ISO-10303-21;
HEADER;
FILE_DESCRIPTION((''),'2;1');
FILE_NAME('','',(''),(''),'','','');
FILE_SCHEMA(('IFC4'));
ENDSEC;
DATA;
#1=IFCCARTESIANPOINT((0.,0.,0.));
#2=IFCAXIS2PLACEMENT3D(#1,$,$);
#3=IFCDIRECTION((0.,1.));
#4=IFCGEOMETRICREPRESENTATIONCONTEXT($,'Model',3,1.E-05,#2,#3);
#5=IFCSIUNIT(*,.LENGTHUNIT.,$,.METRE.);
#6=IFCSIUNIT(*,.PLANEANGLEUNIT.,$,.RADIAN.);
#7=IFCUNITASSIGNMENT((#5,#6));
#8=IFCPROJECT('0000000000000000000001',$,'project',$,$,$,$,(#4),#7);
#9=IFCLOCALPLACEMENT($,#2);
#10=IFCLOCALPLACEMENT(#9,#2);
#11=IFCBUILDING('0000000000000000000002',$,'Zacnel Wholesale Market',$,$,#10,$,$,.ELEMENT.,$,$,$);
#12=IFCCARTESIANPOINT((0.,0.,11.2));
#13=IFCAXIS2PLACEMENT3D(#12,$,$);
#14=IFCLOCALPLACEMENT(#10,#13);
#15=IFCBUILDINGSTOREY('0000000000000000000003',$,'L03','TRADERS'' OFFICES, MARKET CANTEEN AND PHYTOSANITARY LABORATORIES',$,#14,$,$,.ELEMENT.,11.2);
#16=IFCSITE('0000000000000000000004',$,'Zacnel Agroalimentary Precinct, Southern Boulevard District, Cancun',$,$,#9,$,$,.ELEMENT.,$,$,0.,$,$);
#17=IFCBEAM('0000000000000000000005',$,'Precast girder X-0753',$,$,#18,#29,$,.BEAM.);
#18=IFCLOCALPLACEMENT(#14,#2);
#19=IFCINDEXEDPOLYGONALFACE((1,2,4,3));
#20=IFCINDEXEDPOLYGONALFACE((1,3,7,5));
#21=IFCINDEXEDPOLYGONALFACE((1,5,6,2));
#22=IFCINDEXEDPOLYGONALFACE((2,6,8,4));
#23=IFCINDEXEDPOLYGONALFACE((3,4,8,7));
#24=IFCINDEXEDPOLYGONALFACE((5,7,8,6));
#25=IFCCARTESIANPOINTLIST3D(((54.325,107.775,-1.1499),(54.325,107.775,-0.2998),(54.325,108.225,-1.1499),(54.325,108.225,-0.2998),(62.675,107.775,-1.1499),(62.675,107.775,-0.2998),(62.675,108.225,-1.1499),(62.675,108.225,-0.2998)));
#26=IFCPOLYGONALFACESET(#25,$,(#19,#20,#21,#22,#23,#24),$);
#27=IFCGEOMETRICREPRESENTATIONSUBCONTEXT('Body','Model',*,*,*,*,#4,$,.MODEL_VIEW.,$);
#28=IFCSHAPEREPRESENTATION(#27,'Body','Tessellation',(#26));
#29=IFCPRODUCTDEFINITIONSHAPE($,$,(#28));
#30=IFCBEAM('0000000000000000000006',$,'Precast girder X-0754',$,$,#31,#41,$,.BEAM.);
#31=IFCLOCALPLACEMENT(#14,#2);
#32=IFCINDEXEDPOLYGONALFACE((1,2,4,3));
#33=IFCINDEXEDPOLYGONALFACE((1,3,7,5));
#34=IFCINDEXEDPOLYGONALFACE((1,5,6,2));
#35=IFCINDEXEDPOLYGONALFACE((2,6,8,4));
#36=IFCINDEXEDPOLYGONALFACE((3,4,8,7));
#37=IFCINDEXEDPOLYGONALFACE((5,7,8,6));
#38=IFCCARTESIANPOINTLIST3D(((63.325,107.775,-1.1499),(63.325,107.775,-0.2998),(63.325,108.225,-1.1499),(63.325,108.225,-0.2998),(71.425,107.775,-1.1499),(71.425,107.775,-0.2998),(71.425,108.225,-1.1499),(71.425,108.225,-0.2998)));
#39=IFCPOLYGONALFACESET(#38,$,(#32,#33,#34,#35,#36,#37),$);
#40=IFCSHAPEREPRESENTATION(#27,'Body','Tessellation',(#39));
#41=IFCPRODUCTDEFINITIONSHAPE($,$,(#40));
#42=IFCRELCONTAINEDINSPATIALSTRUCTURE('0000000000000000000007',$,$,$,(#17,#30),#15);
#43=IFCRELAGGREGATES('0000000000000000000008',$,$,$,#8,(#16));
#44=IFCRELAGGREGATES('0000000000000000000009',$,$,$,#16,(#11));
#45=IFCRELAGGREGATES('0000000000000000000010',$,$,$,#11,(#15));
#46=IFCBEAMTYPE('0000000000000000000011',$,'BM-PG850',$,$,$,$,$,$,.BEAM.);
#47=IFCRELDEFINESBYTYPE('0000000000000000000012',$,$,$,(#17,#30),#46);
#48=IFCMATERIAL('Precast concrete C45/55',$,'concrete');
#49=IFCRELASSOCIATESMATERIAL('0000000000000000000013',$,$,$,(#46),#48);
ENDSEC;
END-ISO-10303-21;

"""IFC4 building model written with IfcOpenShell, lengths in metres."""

from ifc_helpers import new_model, si_unit, direction, frame, origin, origin_2d, place, context, subcontext, project, spatial, rectangle, extrude, material, material_profile, profile_set, type_object, element, save


model = new_model("IFC4")

# Units and contexts
model_context = context("Model", 3, precision=1e-05, world=origin(), true_north=direction((0.0, 1.0)))
body_context = subcontext(model_context, "Body", "Model", "MODEL_VIEW")
ifc_project = project(units=[si_unit("LENGTHUNIT", "METRE"), si_unit("PLANEANGLEUNIT", "RADIAN")], contexts=[model_context])

# Site, building, storey
site_placement = place(None, origin())
site = spatial("IfcSite", under=ifc_project, at=site_placement, Name="Zacnel Agroalimentary Precinct, Southern Boulevard District, Cancun", CompositionType="ELEMENT", RefElevation=0.0)
building_placement = place(site_placement, origin())
building = spatial("IfcBuilding", under=site, at=building_placement, Name="Zacnel Wholesale Market", CompositionType="ELEMENT")
storey_placement = place(building_placement, frame((0.0, 0.0, 11.2)))
storey = spatial("IfcBuildingStorey", under=building, at=storey_placement, Name="L03", Description="TRADERS' OFFICES, MARKET CANTEEN AND PHYTOSANITARY LABORATORIES", CompositionType="ELEMENT", Elevation=11.2)

# Beams
ifc_material_1 = material(Name="Precast concrete C45/55", Category="concrete")
ifc_material_profile_1 = material_profile(ifc_material_1, rectangle(XDim=0.45, YDim=0.8501, at=origin_2d()), Name="PG 450x850")
ifc_profile_set_1 = profile_set([ifc_material_profile_1], Name="Precast concrete C45/55")
beam_type_1 = type_object("IfcBeamType", Name="BM-PG850", PredefinedType="BEAM", material=ifc_profile_set_1)
beam_1_placement = place(storey_placement, frame((54.325, 108.0, -0.7249), z_axis=(1.0, 0.0, 0.0), x_axis=(0.0, 1.0, 0.0)))
element("IfcBeam", 1, at=beam_1_placement, inside=storey, type_object=beam_type_1, Name="Precast girder X-0753", PredefinedType="BEAM", context=body_context, shape_type="SweptSolid", body=[
    extrude(rectangle(XDim=0.45, YDim=0.8501, at=origin_2d()), origin(), (0.0, 0.0, 1.0), 8.3501),
])
beam_2_placement = place(storey_placement, frame((63.325, 108.0, -0.7249), z_axis=(1.0, 0.0, 0.0), x_axis=(0.0, 1.0, 0.0)))
element("IfcBeam", 2, at=beam_2_placement, inside=storey, type_object=beam_type_1, Name="Precast girder X-0754", PredefinedType="BEAM", context=body_context, shape_type="SweptSolid", body=[
    extrude(rectangle(XDim=0.45, YDim=0.8501, at=origin_2d()), origin(), (0.0, 0.0, 1.0), 8.1001),
])

save(model, "model.ifc")
